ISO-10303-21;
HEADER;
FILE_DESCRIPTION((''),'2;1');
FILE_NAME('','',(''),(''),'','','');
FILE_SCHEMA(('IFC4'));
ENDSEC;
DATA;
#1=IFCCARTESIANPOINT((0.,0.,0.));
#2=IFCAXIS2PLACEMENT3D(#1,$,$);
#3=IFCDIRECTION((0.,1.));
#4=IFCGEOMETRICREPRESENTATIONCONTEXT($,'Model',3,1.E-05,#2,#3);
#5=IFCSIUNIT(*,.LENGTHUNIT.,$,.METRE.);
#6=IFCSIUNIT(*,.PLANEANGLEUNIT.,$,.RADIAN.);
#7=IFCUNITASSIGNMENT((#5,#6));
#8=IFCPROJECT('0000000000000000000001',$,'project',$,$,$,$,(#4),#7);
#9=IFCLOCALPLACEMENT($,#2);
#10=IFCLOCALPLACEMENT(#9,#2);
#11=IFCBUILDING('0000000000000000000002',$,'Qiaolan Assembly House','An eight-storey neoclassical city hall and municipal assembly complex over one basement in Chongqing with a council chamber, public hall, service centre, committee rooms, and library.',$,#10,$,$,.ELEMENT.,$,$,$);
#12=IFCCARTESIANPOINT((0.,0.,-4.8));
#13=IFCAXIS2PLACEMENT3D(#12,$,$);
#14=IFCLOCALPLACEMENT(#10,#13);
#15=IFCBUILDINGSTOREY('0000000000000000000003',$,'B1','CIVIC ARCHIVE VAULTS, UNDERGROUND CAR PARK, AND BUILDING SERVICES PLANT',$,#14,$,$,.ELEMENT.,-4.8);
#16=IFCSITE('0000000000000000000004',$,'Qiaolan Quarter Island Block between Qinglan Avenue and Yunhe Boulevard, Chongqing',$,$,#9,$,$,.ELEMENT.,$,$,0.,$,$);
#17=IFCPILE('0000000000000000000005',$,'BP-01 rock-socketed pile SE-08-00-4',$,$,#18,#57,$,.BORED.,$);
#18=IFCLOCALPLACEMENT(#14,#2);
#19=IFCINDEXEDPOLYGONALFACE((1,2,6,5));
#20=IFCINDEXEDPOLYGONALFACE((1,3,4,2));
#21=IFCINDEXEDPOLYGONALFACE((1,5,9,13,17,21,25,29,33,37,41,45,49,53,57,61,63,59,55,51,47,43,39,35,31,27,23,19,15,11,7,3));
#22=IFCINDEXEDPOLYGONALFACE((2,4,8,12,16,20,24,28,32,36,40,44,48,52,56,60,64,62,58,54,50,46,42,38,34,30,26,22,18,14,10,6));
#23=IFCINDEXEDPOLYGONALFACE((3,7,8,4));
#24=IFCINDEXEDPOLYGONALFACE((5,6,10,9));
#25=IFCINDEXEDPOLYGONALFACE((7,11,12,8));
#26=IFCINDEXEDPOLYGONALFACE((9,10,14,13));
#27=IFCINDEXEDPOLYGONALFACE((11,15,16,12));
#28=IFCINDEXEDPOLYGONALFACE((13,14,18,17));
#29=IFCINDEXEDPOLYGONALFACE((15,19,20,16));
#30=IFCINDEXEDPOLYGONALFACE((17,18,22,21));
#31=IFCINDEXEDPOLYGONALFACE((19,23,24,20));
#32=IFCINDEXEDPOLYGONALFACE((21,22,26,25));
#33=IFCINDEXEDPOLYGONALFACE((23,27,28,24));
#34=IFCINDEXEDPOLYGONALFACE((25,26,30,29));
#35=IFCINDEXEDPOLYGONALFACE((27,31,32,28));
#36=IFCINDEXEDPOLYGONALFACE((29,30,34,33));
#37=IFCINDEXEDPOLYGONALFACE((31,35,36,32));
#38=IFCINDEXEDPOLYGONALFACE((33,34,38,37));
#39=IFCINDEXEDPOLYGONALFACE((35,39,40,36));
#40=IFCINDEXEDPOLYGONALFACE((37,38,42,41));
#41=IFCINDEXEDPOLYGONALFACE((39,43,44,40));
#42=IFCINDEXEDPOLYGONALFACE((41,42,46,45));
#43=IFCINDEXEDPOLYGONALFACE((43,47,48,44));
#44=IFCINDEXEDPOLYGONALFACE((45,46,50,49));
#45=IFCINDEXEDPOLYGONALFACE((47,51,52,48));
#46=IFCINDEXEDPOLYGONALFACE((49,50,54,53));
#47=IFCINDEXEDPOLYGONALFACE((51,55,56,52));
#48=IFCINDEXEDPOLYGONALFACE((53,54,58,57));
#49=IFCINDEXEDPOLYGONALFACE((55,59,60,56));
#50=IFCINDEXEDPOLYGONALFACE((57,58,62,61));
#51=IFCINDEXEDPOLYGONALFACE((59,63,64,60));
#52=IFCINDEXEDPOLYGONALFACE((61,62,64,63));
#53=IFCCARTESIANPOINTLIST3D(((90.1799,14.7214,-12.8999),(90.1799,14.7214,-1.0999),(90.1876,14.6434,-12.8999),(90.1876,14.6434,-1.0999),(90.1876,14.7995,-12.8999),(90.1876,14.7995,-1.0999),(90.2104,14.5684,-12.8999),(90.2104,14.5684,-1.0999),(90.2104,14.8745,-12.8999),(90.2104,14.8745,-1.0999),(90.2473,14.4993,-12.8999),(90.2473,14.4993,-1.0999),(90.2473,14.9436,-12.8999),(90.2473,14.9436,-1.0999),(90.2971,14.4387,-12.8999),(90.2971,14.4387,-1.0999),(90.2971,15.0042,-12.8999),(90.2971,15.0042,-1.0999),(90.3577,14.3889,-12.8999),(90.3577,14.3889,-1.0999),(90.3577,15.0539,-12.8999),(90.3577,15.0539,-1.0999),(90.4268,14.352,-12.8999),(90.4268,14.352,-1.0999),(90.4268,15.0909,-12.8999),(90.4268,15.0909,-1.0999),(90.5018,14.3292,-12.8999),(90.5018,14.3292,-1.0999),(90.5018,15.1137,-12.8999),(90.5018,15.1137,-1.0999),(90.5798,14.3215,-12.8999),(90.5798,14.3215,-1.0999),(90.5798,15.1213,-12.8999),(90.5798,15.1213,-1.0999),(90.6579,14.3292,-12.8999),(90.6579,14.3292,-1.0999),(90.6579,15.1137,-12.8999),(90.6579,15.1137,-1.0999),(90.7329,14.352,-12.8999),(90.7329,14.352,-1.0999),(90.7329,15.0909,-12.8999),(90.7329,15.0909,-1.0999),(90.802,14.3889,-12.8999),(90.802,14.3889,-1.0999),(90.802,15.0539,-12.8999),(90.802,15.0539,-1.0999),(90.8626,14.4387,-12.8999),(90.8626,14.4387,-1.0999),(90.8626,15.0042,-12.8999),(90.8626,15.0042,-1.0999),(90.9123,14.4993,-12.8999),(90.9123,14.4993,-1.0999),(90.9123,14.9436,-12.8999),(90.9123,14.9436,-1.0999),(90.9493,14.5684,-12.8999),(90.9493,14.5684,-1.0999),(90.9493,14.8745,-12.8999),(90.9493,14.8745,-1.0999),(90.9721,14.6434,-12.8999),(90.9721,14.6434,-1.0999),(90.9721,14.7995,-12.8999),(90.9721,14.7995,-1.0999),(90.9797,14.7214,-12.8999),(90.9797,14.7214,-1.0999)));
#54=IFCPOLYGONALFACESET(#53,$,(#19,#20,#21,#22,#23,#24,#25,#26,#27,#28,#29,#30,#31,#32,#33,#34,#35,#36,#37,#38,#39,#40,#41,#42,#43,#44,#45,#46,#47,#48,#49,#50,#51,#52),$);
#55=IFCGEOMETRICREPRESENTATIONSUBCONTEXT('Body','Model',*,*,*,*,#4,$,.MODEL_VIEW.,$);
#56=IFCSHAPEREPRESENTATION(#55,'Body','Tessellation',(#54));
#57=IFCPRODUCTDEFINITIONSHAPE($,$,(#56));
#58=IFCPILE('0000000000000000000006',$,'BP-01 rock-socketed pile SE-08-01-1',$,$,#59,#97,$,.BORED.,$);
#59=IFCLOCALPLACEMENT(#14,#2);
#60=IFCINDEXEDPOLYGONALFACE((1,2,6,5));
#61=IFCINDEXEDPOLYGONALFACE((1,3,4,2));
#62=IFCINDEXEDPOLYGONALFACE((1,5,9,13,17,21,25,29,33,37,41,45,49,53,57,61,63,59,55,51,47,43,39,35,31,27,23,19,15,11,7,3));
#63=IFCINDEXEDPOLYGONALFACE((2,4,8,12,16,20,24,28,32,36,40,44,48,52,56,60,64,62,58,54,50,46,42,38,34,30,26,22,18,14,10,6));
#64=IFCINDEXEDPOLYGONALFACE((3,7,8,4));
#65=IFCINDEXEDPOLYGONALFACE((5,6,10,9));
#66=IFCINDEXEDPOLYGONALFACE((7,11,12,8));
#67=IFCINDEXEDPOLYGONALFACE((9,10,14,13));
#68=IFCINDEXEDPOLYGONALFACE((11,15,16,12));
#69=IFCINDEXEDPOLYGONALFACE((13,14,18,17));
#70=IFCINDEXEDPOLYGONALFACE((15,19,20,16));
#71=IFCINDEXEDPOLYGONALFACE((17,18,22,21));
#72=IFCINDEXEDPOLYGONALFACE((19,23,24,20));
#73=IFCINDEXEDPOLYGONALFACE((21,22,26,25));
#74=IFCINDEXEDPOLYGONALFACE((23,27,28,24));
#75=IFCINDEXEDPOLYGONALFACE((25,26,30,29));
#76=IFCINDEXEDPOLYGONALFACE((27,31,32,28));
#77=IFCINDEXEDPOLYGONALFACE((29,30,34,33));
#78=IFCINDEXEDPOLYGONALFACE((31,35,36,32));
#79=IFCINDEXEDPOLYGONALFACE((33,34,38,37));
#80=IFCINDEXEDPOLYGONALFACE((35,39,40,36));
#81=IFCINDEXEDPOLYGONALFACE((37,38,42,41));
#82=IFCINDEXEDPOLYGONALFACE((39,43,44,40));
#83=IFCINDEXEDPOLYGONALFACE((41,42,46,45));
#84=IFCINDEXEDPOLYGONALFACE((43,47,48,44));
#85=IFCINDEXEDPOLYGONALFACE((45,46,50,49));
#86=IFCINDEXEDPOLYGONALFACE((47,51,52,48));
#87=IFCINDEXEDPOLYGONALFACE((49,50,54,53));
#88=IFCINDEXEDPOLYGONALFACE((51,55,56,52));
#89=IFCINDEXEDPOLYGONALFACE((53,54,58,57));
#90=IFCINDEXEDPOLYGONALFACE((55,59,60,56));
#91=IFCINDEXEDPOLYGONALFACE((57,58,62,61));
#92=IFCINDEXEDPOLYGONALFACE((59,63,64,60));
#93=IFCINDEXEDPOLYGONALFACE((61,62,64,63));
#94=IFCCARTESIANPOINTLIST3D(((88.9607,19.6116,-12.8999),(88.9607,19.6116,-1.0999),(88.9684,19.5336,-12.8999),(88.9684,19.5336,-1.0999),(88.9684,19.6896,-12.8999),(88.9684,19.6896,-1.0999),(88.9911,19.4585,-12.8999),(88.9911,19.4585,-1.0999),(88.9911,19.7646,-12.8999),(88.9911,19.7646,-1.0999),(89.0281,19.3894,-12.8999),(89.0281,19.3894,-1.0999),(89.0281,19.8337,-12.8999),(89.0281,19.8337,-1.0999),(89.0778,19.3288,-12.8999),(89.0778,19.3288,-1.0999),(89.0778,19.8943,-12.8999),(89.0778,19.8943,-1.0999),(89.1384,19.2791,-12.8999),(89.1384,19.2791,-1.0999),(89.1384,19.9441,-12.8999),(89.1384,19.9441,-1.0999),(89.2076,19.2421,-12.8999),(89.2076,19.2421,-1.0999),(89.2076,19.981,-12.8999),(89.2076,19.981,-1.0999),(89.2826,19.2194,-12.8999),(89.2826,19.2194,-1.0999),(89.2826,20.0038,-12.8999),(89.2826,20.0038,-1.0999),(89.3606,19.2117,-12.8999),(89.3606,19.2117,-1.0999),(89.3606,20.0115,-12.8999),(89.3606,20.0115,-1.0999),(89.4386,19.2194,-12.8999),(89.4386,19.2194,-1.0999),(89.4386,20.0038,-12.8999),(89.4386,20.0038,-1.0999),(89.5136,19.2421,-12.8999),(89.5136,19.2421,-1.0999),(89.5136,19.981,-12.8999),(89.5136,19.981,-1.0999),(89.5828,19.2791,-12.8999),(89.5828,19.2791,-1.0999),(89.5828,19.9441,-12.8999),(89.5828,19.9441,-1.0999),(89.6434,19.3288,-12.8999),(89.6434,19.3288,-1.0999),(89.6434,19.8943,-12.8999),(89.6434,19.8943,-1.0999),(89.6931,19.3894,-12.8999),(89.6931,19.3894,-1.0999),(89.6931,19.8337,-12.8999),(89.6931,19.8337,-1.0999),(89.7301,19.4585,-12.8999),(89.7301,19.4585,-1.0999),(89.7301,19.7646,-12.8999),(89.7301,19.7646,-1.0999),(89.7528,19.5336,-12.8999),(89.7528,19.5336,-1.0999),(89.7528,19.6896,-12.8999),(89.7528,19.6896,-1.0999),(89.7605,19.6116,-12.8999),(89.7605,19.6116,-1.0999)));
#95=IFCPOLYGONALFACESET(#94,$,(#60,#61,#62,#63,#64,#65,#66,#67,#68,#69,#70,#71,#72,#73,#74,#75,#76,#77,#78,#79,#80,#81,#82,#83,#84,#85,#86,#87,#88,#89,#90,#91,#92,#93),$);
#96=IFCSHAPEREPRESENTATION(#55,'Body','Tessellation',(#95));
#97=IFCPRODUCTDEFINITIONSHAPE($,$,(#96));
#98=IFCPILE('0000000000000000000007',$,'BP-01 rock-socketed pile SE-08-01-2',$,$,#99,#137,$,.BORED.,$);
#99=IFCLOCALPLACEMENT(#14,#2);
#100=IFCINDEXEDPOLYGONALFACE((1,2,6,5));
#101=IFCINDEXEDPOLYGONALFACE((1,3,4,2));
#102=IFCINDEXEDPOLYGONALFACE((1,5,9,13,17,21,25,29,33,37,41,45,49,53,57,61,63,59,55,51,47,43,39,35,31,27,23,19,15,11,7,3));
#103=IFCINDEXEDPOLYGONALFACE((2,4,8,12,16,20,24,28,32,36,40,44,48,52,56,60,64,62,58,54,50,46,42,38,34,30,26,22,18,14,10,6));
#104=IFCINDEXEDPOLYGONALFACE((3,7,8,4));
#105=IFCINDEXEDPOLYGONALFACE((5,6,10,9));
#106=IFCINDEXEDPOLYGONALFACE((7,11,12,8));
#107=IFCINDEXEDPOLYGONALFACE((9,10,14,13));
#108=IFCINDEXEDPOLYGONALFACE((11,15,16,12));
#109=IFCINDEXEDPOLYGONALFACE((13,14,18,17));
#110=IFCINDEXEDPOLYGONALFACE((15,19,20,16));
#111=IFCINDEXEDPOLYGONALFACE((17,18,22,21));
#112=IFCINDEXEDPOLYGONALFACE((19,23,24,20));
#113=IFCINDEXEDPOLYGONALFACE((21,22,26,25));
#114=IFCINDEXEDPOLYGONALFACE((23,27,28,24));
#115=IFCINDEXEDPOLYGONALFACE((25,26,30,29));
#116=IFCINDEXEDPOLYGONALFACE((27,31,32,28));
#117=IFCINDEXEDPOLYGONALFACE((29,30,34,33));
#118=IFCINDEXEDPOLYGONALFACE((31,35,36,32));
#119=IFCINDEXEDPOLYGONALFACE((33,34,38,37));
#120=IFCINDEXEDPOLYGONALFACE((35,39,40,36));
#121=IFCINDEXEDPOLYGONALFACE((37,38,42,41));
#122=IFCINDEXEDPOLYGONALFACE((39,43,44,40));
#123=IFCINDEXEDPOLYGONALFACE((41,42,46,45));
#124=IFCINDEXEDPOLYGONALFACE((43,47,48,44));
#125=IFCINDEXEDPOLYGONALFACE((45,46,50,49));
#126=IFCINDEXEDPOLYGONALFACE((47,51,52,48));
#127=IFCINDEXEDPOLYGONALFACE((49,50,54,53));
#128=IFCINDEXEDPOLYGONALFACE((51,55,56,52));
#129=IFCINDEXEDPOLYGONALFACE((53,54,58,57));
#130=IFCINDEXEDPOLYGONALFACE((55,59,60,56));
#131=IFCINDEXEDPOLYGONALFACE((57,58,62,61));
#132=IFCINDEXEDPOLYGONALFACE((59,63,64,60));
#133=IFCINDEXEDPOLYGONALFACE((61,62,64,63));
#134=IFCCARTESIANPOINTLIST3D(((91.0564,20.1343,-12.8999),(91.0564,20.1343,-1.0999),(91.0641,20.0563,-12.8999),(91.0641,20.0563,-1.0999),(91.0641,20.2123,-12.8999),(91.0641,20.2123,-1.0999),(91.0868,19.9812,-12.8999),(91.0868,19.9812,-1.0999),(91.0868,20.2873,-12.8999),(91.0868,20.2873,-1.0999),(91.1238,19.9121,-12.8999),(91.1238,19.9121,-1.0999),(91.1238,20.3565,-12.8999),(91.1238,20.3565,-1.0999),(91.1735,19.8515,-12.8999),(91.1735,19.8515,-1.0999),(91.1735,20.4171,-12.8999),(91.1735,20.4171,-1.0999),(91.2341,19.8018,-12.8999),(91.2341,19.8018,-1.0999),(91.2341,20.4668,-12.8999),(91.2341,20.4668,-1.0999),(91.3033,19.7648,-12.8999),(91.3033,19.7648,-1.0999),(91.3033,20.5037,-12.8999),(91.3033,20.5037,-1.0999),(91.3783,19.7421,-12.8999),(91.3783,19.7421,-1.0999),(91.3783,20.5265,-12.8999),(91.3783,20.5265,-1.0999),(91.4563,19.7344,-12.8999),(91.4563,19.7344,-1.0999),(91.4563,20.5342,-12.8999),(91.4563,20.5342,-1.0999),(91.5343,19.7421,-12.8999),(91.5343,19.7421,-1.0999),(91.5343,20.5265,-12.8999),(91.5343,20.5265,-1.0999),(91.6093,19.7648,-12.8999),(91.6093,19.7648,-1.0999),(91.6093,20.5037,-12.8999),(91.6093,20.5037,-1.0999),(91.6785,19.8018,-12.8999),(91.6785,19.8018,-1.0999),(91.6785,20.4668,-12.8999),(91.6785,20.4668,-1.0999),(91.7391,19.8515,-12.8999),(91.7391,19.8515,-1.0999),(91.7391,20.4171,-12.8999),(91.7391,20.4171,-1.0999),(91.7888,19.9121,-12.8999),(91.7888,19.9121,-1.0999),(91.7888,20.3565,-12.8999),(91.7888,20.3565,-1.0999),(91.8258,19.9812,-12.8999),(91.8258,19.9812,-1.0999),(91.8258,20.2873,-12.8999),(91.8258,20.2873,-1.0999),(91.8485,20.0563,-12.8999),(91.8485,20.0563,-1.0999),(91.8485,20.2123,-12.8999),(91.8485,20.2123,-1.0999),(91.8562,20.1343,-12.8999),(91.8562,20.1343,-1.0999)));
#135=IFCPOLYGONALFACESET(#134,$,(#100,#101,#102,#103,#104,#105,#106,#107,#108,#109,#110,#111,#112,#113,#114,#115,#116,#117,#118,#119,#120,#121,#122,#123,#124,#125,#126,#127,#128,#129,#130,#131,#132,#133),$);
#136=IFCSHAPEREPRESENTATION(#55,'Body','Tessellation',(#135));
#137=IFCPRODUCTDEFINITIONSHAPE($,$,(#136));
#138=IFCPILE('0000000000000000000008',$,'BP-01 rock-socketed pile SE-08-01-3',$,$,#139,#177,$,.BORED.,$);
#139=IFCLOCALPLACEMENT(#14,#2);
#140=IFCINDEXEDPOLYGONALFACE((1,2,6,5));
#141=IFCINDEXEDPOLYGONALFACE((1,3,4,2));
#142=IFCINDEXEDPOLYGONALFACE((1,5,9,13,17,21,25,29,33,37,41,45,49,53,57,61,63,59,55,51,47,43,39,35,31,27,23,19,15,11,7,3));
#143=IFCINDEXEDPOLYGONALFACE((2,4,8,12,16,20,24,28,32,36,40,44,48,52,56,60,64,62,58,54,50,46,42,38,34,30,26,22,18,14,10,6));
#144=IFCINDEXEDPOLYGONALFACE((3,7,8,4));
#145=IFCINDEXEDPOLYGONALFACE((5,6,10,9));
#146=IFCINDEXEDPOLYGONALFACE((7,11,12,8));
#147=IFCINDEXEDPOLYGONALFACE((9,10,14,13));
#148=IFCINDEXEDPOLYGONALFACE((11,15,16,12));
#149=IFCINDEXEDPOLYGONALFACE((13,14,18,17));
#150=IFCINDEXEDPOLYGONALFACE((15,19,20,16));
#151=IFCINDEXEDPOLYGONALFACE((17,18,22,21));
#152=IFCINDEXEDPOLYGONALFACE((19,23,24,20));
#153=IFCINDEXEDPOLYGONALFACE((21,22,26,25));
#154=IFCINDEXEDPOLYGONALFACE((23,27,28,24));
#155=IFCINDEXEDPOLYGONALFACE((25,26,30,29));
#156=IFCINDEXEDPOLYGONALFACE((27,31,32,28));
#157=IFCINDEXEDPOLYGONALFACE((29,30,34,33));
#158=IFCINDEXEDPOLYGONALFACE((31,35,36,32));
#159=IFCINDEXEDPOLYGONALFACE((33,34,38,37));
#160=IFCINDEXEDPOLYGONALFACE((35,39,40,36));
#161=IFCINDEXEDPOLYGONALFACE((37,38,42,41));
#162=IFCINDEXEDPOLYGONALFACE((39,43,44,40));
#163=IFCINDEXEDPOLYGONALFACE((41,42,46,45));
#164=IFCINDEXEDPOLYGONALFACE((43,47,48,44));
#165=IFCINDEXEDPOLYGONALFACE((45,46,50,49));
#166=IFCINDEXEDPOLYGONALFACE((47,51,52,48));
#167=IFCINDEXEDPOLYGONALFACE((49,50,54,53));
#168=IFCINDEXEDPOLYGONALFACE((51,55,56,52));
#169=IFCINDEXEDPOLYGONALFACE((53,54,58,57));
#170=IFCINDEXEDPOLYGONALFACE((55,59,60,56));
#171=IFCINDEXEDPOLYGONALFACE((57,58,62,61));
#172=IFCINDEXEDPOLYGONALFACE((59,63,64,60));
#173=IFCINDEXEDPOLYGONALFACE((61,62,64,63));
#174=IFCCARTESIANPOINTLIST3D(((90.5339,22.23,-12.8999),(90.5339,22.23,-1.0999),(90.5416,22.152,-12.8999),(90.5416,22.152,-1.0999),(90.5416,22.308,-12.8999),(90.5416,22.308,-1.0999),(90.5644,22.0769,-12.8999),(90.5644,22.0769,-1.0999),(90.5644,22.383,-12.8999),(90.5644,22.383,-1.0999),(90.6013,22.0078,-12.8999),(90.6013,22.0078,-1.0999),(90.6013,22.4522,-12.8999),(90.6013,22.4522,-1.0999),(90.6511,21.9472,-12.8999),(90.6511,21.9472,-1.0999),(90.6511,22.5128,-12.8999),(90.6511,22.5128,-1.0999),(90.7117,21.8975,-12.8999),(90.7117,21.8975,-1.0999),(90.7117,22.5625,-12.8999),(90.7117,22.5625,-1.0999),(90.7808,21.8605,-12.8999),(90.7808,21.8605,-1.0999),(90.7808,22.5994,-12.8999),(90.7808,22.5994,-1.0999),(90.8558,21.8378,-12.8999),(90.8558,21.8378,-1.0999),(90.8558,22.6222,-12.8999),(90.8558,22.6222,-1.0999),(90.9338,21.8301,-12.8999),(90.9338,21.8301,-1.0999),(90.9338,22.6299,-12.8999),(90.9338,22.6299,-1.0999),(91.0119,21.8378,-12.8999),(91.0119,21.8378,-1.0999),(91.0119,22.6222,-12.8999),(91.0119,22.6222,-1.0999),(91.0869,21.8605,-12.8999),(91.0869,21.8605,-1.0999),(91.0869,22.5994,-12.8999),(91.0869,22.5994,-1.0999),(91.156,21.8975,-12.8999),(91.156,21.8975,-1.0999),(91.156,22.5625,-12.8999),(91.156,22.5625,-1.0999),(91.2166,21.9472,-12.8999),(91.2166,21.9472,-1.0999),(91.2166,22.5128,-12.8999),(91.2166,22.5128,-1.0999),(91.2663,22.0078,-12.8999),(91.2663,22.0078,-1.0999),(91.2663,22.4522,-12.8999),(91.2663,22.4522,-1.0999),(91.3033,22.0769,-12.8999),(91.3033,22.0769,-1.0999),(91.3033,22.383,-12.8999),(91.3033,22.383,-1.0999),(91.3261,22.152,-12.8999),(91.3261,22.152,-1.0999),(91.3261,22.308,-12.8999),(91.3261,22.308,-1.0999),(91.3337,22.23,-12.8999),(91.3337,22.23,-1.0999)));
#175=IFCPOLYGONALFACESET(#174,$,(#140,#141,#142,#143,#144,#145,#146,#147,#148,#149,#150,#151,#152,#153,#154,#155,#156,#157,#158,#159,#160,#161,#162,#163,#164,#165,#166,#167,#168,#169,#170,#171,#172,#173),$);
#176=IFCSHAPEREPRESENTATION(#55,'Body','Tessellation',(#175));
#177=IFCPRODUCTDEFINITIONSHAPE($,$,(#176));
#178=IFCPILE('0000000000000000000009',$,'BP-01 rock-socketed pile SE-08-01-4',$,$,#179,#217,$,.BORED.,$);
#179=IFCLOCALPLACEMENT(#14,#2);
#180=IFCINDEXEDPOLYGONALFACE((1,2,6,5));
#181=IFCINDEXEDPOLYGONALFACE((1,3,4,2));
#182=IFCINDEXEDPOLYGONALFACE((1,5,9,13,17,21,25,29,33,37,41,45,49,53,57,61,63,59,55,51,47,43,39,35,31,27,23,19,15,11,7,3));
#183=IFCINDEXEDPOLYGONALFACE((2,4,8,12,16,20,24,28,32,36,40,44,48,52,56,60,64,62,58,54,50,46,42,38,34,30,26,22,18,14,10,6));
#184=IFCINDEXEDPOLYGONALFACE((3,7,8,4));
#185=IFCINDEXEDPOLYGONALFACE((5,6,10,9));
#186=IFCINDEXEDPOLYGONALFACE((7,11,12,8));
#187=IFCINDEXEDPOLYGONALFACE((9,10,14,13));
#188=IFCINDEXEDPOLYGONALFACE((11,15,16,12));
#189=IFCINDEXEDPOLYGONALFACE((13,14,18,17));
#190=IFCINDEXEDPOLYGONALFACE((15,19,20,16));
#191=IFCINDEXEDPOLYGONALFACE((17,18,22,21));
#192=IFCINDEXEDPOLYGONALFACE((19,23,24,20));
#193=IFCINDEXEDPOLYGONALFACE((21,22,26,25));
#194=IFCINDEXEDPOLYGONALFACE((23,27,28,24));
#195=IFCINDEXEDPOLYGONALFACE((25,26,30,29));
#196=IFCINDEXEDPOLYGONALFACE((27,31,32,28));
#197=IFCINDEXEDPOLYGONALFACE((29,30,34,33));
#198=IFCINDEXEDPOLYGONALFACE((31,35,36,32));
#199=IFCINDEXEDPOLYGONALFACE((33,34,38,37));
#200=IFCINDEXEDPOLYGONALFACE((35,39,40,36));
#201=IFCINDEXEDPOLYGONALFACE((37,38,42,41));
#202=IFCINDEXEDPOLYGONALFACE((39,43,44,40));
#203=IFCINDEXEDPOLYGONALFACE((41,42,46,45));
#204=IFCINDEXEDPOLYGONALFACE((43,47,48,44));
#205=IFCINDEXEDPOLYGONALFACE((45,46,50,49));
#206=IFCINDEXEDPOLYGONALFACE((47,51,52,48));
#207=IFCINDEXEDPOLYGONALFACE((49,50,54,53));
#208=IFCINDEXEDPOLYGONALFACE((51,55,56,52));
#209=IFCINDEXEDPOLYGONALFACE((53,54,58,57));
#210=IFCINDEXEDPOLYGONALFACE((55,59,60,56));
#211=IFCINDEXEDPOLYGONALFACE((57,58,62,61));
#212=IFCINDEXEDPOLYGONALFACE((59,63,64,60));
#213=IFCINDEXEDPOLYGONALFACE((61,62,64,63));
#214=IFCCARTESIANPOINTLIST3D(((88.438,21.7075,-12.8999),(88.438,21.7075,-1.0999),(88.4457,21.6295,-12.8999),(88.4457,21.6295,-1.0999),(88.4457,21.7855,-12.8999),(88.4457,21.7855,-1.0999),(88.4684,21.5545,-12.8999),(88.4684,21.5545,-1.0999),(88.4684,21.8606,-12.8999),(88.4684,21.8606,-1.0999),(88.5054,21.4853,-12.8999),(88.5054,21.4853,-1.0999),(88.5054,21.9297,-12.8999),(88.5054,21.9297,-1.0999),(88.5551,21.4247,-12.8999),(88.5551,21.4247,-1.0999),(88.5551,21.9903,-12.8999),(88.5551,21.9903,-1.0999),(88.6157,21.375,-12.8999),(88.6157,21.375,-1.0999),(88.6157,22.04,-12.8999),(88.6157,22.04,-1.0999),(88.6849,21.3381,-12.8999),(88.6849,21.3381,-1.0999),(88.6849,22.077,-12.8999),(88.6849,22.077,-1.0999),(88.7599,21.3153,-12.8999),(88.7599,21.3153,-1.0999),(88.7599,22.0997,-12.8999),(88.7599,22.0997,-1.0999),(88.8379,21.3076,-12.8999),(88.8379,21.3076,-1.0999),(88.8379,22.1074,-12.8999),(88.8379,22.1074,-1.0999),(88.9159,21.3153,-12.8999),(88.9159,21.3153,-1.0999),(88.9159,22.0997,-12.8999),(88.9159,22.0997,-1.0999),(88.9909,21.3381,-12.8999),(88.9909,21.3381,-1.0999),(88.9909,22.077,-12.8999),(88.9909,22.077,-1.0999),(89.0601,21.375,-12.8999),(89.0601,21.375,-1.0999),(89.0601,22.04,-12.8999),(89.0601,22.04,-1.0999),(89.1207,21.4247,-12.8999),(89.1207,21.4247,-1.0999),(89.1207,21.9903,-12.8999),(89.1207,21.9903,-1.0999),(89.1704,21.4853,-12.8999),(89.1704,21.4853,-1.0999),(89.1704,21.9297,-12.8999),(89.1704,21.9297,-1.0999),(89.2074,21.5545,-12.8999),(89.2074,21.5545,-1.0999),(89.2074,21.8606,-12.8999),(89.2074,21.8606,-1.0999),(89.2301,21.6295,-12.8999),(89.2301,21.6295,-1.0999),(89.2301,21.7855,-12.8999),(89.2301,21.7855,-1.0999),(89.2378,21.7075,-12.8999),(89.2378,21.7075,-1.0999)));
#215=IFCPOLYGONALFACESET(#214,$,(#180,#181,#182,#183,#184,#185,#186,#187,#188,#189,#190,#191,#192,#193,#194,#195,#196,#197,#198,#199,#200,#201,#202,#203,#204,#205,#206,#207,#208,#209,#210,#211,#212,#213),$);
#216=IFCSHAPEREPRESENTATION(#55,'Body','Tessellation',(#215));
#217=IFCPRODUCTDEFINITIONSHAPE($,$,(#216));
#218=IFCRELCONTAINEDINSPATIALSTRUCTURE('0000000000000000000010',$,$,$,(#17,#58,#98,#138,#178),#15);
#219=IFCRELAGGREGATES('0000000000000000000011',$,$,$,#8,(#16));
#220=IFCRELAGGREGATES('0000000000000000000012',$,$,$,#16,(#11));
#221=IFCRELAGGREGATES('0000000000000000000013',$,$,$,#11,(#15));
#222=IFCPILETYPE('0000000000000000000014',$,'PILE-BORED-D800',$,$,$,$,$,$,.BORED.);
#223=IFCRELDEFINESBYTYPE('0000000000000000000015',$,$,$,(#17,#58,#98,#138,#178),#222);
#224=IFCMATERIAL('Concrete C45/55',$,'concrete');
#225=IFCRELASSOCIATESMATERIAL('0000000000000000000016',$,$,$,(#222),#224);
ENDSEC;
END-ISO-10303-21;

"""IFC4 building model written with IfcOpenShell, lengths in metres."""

from ifc_helpers import new_model, si_unit, direction, frame, origin, origin_2d, place, context, subcontext, project, spatial, circle, extrude, material, material_profile, profile_set, type_object, element, save


model = new_model("IFC4")

# Units and contexts
model_context = context("Model", 3, precision=1e-05, world=origin(), true_north=direction((0.0, 1.0)))
body_context = subcontext(model_context, "Body", "Model", "MODEL_VIEW")
ifc_project = project(units=[si_unit("LENGTHUNIT", "METRE"), si_unit("PLANEANGLEUNIT", "RADIAN")], contexts=[model_context])

# Site, building, storey
site_placement = place(None, origin())
site = spatial("IfcSite", under=ifc_project, at=site_placement, Name="Qiaolan Quarter Island Block between Qinglan Avenue and Yunhe Boulevard, Chongqing", CompositionType="ELEMENT", RefElevation=0.0)
building_placement = place(site_placement, origin())
building = spatial("IfcBuilding", under=site, at=building_placement, Name="Qiaolan Assembly House", Description="An eight-storey neoclassical city hall and municipal assembly complex over one basement in Chongqing with a council chamber, public hall, service centre, committee rooms, and library.", CompositionType="ELEMENT")
storey_placement = place(building_placement, frame((0.0, 0.0, -4.8)))
storey = spatial("IfcBuildingStorey", under=building, at=storey_placement, Name="B1", Description="CIVIC ARCHIVE VAULTS, UNDERGROUND CAR PARK, AND BUILDING SERVICES PLANT", CompositionType="ELEMENT", Elevation=-4.8)

# Piles
ifc_material_1 = material(Name="Concrete C45/55", Category="concrete")
ifc_material_profile_1 = material_profile(ifc_material_1, circle(Radius=0.3999, at=origin_2d()), Name="PILE D800")
ifc_profile_set_1 = profile_set([ifc_material_profile_1], Name="Concrete C45/55")
pile_type_1 = type_object("IfcPileType", Name="PILE-BORED-D800", PredefinedType="BORED", material=ifc_profile_set_1)
for number, where, z_axis, x_axis, name in (
    (1, (90.5798, 14.7214, -1.0999), (0.0, 0.0, -1.0), (1.0, 0.0, 0.0), "BP-01 rock-socketed pile SE-08-00-4"),
    (2, (89.3606, 19.6116, -1.0999), (0.0, 0.0, -1.0), (1.0, 0.0, 0.0), "BP-01 rock-socketed pile SE-08-01-1"),
    (3, (91.4563, 20.1343, -1.0999), (0.0, 0.0, -1.0), (1.0, 0.0, 0.0), "BP-01 rock-socketed pile SE-08-01-2"),
    (4, (90.9338, 22.23, -1.0999), (0.0, 0.0, -1.0), (1.0, 0.0, 0.0), "BP-01 rock-socketed pile SE-08-01-3"),
    (5, (88.8379, 21.7075, -1.0999), (0.0, 0.0, -1.0), (1.0, 0.0, 0.0), "BP-01 rock-socketed pile SE-08-01-4"),
):
    element("IfcPile", number, at=place(storey_placement, frame(where, z_axis=z_axis, x_axis=x_axis)), inside=storey, type_object=pile_type_1, Name=name, PredefinedType="BORED", context=body_context, shape_type="SweptSolid", body=[
        extrude(circle(Radius=0.3999, at=origin_2d()), origin(), (0.0, 0.0, 1.0), 11.8),
    ])

save(model, "model.ifc")
